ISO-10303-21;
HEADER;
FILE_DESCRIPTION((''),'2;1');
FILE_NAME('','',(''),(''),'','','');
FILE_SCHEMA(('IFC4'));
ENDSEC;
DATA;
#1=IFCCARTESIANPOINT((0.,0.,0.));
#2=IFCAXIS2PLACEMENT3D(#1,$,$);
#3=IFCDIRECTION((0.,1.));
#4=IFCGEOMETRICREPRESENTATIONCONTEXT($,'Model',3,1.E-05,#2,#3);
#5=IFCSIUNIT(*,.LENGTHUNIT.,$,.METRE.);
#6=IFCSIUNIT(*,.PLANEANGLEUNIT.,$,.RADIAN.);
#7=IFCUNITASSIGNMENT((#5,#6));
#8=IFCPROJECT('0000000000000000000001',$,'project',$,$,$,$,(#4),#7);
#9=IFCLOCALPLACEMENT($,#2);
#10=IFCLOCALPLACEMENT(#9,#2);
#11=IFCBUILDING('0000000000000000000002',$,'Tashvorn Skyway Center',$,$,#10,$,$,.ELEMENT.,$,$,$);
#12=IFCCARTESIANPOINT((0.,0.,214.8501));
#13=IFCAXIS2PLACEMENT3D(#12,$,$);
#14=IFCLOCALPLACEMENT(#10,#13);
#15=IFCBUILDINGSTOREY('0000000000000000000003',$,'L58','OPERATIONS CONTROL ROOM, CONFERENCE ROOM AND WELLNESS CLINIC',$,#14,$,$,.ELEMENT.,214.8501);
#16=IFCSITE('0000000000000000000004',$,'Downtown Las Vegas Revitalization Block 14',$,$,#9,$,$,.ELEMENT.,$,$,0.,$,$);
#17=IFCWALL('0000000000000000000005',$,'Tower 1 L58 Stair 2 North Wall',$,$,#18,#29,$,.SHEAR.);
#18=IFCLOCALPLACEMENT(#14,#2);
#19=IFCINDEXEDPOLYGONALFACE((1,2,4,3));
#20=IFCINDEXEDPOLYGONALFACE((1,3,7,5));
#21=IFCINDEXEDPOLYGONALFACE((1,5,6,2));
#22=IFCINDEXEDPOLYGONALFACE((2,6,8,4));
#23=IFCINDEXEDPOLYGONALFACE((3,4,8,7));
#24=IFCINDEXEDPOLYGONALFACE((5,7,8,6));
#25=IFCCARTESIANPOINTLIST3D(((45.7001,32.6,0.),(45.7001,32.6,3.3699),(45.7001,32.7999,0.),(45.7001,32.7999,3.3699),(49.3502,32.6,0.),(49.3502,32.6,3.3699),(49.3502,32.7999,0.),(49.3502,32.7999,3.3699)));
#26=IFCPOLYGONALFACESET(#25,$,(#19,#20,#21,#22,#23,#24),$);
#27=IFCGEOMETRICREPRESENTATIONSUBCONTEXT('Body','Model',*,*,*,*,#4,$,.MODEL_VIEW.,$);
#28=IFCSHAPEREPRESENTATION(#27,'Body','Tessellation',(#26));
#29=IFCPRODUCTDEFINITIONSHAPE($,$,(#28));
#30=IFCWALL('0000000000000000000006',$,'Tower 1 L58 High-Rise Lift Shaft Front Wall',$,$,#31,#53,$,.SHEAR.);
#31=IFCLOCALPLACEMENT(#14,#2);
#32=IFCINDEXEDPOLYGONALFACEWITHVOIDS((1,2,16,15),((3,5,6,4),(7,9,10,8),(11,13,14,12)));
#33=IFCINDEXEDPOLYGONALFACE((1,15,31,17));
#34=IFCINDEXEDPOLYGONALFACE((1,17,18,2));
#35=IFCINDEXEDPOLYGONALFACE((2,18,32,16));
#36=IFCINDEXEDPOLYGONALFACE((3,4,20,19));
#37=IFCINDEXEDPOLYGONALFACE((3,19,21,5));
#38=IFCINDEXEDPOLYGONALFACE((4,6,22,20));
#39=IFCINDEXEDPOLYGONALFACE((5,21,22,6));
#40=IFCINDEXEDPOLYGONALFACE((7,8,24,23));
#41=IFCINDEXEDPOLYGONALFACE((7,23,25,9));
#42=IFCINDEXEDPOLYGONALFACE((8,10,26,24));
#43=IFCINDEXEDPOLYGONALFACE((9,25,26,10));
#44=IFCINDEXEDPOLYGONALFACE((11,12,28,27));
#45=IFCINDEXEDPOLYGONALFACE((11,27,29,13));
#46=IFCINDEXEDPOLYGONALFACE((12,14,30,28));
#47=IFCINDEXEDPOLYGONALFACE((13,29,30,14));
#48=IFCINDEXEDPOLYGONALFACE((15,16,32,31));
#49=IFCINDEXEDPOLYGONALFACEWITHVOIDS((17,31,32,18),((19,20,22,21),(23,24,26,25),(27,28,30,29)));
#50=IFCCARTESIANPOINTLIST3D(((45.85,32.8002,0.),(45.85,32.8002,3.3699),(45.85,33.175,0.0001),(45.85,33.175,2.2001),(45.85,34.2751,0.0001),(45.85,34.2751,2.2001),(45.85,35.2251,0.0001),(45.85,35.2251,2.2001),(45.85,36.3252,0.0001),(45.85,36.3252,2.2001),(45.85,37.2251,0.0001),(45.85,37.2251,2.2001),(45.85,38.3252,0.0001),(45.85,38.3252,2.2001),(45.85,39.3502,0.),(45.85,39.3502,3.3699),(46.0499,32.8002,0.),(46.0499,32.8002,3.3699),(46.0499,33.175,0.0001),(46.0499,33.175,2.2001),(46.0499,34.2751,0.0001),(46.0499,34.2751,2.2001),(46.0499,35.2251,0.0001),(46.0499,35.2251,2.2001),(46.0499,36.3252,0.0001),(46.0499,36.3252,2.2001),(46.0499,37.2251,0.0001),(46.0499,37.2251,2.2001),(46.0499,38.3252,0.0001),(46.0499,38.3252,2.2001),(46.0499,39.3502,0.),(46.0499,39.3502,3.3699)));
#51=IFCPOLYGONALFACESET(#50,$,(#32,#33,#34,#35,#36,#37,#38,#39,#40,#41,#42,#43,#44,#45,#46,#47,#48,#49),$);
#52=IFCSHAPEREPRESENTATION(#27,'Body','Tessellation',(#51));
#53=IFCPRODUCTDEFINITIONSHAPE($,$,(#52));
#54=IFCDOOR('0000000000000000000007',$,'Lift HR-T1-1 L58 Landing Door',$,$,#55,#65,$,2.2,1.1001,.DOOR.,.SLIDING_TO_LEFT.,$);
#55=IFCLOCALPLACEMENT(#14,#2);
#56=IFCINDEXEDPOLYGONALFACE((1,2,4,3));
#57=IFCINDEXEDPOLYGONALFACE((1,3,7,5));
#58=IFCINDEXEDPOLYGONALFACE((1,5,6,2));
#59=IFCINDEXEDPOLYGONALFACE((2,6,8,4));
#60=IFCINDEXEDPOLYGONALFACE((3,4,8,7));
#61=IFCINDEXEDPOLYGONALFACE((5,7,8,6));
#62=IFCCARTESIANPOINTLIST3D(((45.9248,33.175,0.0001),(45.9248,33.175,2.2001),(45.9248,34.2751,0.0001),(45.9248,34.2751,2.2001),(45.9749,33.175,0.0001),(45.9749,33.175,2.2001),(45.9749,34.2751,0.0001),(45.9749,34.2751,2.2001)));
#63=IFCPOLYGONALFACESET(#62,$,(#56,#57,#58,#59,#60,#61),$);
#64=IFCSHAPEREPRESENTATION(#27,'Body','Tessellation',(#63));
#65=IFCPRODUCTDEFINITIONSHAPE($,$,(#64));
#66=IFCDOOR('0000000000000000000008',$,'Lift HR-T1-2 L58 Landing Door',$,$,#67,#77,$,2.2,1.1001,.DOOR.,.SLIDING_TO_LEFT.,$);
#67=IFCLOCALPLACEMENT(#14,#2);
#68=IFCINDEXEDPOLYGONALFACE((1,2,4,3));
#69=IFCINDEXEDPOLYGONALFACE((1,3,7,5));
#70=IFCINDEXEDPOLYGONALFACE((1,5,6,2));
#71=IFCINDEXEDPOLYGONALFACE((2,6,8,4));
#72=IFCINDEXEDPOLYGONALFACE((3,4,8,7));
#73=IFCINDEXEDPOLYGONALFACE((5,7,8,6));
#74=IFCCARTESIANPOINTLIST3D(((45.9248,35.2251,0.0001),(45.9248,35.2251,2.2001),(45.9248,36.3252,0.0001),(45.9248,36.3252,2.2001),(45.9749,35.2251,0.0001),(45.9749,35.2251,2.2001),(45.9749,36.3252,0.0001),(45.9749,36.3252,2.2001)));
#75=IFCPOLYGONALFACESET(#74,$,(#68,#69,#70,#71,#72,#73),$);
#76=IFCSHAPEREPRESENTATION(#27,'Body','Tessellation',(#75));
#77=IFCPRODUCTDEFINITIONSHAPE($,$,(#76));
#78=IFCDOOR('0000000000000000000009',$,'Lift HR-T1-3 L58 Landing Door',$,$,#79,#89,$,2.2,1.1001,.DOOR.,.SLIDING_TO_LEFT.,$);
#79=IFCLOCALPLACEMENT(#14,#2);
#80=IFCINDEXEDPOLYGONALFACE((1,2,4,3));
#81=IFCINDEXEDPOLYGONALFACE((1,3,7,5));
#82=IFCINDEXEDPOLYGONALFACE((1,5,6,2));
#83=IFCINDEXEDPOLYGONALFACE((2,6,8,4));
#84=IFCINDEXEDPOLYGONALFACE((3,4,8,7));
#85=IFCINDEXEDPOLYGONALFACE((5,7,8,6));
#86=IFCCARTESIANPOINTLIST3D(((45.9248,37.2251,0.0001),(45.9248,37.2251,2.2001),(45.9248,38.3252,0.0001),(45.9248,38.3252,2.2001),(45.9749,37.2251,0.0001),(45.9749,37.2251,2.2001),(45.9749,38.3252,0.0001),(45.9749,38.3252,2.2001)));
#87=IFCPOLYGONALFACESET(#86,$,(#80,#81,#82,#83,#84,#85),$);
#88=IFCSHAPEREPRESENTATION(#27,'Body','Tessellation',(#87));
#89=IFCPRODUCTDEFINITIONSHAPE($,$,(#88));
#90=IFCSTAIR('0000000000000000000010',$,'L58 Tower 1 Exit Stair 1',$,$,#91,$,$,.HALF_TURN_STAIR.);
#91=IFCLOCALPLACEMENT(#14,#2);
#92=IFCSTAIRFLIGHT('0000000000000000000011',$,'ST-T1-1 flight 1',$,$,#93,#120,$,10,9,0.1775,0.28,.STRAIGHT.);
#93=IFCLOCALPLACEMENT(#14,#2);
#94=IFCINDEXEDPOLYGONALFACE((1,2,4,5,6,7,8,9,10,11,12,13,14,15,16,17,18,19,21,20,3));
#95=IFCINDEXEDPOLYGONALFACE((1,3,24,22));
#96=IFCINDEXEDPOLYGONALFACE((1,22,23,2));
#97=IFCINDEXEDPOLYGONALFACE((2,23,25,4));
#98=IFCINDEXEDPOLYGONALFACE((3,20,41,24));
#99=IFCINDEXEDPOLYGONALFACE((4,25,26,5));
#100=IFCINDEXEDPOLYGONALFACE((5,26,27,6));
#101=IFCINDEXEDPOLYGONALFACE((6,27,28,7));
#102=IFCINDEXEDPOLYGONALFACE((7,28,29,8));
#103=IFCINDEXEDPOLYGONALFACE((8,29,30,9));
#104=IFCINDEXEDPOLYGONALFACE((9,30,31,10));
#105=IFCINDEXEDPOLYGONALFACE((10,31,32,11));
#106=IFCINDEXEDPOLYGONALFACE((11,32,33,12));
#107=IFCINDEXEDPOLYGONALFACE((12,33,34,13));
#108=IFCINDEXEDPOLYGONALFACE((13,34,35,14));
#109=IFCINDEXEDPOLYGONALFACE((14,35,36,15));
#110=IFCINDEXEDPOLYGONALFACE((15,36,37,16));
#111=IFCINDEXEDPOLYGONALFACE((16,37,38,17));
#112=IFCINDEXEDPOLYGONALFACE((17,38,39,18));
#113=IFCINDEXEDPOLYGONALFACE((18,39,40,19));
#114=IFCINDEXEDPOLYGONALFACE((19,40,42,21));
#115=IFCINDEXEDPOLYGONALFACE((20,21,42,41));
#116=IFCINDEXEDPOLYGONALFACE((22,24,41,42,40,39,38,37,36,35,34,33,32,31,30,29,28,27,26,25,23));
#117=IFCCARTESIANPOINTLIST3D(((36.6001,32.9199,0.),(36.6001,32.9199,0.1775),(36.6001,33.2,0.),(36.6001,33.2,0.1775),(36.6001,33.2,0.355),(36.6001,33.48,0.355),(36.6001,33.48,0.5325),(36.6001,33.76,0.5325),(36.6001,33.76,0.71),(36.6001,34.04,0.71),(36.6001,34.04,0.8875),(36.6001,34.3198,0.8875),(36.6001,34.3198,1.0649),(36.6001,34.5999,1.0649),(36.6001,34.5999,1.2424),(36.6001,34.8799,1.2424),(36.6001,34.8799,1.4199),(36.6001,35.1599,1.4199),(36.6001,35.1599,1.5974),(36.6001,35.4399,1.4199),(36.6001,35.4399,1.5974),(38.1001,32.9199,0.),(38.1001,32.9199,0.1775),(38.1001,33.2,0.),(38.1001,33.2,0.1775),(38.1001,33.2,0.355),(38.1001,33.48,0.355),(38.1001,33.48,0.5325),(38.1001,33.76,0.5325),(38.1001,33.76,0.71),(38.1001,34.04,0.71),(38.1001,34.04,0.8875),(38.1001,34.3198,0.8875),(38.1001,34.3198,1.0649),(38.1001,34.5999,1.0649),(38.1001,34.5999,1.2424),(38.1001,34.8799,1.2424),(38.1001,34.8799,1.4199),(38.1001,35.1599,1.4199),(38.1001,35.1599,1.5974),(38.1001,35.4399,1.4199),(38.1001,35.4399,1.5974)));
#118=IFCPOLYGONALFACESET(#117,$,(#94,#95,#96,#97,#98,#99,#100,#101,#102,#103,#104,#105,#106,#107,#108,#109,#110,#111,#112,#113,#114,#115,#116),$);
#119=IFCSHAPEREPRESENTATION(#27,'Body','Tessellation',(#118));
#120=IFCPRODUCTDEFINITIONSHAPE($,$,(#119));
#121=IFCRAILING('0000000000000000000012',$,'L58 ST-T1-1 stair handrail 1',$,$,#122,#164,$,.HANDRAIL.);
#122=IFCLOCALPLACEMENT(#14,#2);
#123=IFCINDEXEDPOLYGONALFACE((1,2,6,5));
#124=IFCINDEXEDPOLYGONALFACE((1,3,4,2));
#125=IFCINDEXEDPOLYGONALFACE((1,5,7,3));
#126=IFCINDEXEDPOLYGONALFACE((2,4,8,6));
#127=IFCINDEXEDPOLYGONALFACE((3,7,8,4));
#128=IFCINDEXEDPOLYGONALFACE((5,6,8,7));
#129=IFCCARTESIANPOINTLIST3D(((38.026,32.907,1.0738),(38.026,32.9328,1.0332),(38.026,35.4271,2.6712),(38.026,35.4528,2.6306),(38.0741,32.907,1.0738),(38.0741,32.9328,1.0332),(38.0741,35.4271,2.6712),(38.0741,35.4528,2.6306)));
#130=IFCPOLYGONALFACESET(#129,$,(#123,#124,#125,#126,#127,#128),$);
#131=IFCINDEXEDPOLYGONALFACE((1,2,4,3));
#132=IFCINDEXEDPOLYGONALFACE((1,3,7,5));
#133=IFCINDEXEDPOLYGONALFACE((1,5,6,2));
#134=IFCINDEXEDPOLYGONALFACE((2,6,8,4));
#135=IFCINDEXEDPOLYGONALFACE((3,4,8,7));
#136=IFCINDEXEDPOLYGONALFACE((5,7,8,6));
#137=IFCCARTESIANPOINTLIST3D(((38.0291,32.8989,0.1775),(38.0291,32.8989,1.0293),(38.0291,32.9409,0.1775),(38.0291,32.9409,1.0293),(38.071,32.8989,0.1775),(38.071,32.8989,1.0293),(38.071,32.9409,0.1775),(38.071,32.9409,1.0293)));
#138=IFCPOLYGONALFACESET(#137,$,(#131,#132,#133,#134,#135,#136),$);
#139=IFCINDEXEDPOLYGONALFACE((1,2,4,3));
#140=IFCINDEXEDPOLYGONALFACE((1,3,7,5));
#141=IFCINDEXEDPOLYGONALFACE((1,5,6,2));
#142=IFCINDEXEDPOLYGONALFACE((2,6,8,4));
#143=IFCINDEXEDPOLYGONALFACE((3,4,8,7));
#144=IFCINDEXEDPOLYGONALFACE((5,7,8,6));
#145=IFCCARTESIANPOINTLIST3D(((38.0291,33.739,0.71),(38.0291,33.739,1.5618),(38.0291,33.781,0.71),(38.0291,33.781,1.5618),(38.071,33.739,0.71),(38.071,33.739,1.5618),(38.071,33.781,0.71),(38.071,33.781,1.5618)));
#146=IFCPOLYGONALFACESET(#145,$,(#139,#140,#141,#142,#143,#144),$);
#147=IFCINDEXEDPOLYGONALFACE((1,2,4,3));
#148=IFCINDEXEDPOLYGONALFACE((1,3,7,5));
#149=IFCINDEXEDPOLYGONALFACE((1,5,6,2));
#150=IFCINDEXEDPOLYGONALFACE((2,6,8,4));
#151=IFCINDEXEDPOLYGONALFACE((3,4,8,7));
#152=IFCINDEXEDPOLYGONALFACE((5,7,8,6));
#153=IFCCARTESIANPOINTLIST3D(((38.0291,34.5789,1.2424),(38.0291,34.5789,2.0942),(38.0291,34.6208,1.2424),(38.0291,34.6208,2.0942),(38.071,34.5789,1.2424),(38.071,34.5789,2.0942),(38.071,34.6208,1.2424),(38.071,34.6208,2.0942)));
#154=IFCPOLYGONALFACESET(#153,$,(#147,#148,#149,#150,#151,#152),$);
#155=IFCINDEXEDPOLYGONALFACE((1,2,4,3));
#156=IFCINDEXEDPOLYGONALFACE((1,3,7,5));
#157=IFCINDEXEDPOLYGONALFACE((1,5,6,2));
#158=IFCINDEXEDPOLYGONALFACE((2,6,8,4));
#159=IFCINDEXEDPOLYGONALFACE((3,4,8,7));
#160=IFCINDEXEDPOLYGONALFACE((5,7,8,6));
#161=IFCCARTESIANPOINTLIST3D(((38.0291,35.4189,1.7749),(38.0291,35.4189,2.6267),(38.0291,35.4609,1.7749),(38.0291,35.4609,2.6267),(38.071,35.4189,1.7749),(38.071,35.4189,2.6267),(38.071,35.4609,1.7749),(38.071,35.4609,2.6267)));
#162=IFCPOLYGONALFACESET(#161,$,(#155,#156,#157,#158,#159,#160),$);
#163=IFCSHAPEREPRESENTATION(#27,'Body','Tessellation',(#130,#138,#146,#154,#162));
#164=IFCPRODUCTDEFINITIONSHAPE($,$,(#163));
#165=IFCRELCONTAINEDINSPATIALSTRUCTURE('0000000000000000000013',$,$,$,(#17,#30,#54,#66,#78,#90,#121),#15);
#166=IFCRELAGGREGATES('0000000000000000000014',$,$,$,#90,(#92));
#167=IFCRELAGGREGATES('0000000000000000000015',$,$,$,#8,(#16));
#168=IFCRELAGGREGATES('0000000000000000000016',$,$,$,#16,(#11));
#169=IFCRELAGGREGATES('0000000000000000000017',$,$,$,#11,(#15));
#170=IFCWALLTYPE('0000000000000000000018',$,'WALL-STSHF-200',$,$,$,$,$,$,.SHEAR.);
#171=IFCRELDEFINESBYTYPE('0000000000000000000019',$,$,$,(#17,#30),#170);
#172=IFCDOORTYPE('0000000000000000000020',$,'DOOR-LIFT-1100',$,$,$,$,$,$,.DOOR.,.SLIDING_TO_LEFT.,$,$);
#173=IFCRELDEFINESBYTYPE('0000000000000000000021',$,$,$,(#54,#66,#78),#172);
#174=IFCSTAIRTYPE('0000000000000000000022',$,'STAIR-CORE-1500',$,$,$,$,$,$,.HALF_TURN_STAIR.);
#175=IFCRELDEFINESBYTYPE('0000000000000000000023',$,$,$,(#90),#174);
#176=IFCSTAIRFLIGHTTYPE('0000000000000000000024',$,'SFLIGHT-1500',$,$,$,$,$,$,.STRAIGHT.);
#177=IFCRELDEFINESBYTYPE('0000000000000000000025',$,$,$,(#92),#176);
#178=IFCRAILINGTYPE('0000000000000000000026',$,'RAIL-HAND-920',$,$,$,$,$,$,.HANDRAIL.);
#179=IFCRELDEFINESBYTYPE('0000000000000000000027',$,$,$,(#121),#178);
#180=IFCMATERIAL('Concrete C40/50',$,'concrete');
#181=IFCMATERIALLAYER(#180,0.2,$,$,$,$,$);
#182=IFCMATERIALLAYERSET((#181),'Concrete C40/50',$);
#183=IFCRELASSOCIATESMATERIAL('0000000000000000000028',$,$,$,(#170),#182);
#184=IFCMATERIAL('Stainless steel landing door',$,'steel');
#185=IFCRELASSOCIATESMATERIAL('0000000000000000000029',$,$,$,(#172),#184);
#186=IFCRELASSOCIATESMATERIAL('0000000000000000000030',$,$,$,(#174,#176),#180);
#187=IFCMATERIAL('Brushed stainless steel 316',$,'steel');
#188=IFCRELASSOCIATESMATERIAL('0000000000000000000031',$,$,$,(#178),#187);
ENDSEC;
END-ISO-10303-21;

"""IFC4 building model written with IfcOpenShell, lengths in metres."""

from ifc_helpers import new_model, si_unit, direction, frame, frame_2d, origin, origin_2d, place, context, subcontext, project, spatial, polyline, rectangle, outline, extrude, material, layer, layer_set, type_object, element, fill, aggregate, save


model = new_model("IFC4")

# Units and contexts
model_context = context("Model", 3, precision=1e-05, world=origin(), true_north=direction((0.0, 1.0)))
body_context = subcontext(model_context, "Body", "Model", "MODEL_VIEW")
ifc_project = project(units=[si_unit("LENGTHUNIT", "METRE"), si_unit("PLANEANGLEUNIT", "RADIAN")], contexts=[model_context])

# Site, building, storey
site_placement = place(None, origin())
site = spatial("IfcSite", under=ifc_project, at=site_placement, Name="Downtown Las Vegas Revitalization Block 14", CompositionType="ELEMENT", RefElevation=0.0)
building_placement = place(site_placement, origin())
building = spatial("IfcBuilding", under=site, at=building_placement, Name="Tashvorn Skyway Center", CompositionType="ELEMENT")
storey_placement = place(building_placement, frame((0.0, 0.0, 214.8501)))
storey = spatial("IfcBuildingStorey", under=building, at=storey_placement, Name="L58", Description="OPERATIONS CONTROL ROOM, CONFERENCE ROOM AND WELLNESS CLINIC", CompositionType="ELEMENT", Elevation=214.8501)

# Shared definitions
ifc_material_1 = material(Name="Concrete C40/50", Category="concrete")

# Shared definitions
ifc_layer_1 = layer(ifc_material_1, 0.2)
ifc_layer_set_1 = layer_set([ifc_layer_1], Name="Concrete C40/50")
wall_type_1 = type_object("IfcWallType", Name="WALL-STSHF-200", PredefinedType="SHEAR", material=ifc_layer_set_1)

# Wall
wall_1_placement = place(storey_placement, frame((45.7, 32.7, 0.0), z_axis=(0.0, 0.0, 1.0), x_axis=(1.0, 0.0, 0.0)))
element("IfcWall", 1, at=wall_1_placement, inside=storey, type_object=wall_type_1, Name="Tower 1 L58 Stair 2 North Wall", PredefinedType="SHEAR", context=body_context, shape_type="SweptSolid", body=[
    extrude(rectangle(XDim=3.6501, YDim=0.2, at=frame_2d((1.8252, 0.0))), origin(), (0.0, 0.0, 1.0), 3.3699),
])

# Wall, openings, doors
wall_2_placement = place(storey_placement, frame((45.95, 39.3501, 0.0), z_axis=(0.0, 0.0, 1.0), x_axis=(0.0, -1.0, 0.0)))
wall_2 = element("IfcWall", 2, at=wall_2_placement, inside=storey, type_object=wall_type_1, Name="Tower 1 L58 High-Rise Lift Shaft Front Wall", PredefinedType="SHEAR", context=body_context, shape_type="SweptSolid", body=[
    extrude(rectangle(XDim=6.55, YDim=0.2, at=frame_2d((3.2749, 0.0))), origin(), (0.0, 0.0, 1.0), 3.3699),
])
opening_1_placement = place(wall_2_placement, frame((5.075, 0.0, 0.0)))
opening_1 = element("IfcOpeningElement", 3, at=opening_1_placement, cuts=wall_2, PredefinedType="OPENING", context=body_context, shape_type="SweptSolid", body=[
    extrude(rectangle(XDim=1.1001, YDim=2.2, at=frame_2d((0.55, 1.1001))), frame((0.0, 0.1099, 0.0), z_axis=(0.0, -1.0, 0.0), x_axis=(1.0, 0.0, 0.0)), (0.0, 0.0, 1.0), 0.22),
])
opening_2_placement = place(wall_2_placement, frame((3.0249, 0.0, 0.0)))
opening_2 = element("IfcOpeningElement", 4, at=opening_2_placement, cuts=wall_2, PredefinedType="OPENING", context=body_context, shape_type="SweptSolid", body=[
    extrude(rectangle(XDim=1.1001, YDim=2.2, at=frame_2d((0.55, 1.1001))), frame((0.0, 0.1099, 0.0), z_axis=(0.0, -1.0, 0.0), x_axis=(1.0, 0.0, 0.0)), (0.0, 0.0, 1.0), 0.22),
])
opening_3_placement = place(wall_2_placement, frame((1.0249, 0.0, 0.0)))
opening_3 = element("IfcOpeningElement", 5, at=opening_3_placement, cuts=wall_2, PredefinedType="OPENING", context=body_context, shape_type="SweptSolid", body=[
    extrude(rectangle(XDim=1.1001, YDim=2.2, at=frame_2d((0.55, 1.1001))), frame((0.0, 0.1099, 0.0), z_axis=(0.0, -1.0, 0.0), x_axis=(1.0, 0.0, 0.0)), (0.0, 0.0, 1.0), 0.22),
])
ifc_material_2 = material(Name="Stainless steel landing door", Category="steel")
door_type_1 = type_object("IfcDoorType", Name="DOOR-LIFT-1100", OperationType="SLIDING_TO_LEFT", PredefinedType="DOOR", material=ifc_material_2)
door_1_placement = place(opening_1_placement, origin())
door_1 = element("IfcDoor", 6, at=door_1_placement, inside=storey, type_object=door_type_1, Name="Lift HR-T1-1 L58 Landing Door", OperationType="SLIDING_TO_LEFT", OverallHeight=2.2, OverallWidth=1.1001, PredefinedType="DOOR", context=body_context, shape_type="SweptSolid", body=[
    extrude(rectangle(XDim=1.1001, YDim=2.2, at=frame_2d((0.55, 1.1001))), frame((0.0, 0.0249, 0.0), z_axis=(0.0, -1.0, 0.0), x_axis=(1.0, 0.0, 0.0)), (0.0, 0.0, 1.0), 0.05),
])
fill(opening_1, door_1)
door_2_placement = place(opening_2_placement, origin())
door_2 = element("IfcDoor", 7, at=door_2_placement, inside=storey, type_object=door_type_1, Name="Lift HR-T1-2 L58 Landing Door", OperationType="SLIDING_TO_LEFT", OverallHeight=2.2, OverallWidth=1.1001, PredefinedType="DOOR", context=body_context, shape_type="SweptSolid", body=[
    extrude(rectangle(XDim=1.1001, YDim=2.2, at=frame_2d((0.55, 1.1001))), frame((0.0, 0.0249, 0.0), z_axis=(0.0, -1.0, 0.0), x_axis=(1.0, 0.0, 0.0)), (0.0, 0.0, 1.0), 0.05),
])
fill(opening_2, door_2)
door_3_placement = place(opening_3_placement, origin())
door_3 = element("IfcDoor", 8, at=door_3_placement, inside=storey, type_object=door_type_1, Name="Lift HR-T1-3 L58 Landing Door", OperationType="SLIDING_TO_LEFT", OverallHeight=2.2, OverallWidth=1.1001, PredefinedType="DOOR", context=body_context, shape_type="SweptSolid", body=[
    extrude(rectangle(XDim=1.1001, YDim=2.2, at=frame_2d((0.55, 1.1001))), frame((0.0, 0.0249, 0.0), z_axis=(0.0, -1.0, 0.0), x_axis=(1.0, 0.0, 0.0)), (0.0, 0.0, 1.0), 0.05),
])
fill(opening_3, door_3)

# Stair, stair flight
stair_type = type_object("IfcStairType", Name="STAIR-CORE-1500", PredefinedType="HALF_TURN_STAIR", material=ifc_material_1)
stair_placement = place(storey_placement, origin())
stair = element("IfcStair", 9, at=stair_placement, inside=storey, type_object=stair_type, Name="L58 Tower 1 Exit Stair 1", PredefinedType="HALF_TURN_STAIR")
stair_flight_type = type_object("IfcStairFlightType", Name="SFLIGHT-1500", PredefinedType="STRAIGHT", material=ifc_material_1)
stair_flight_placement = place(storey_placement, frame((37.3501, 32.9199, 0.0), z_axis=(0.0, 0.0, 1.0), x_axis=(0.0, 1.0, 0.0)))
stair_flight = element("IfcStairFlight", 10, at=stair_flight_placement, type_object=stair_flight_type, Name="ST-T1-1 flight 1", NumberOfRisers=10, NumberOfTreads=9, PredefinedType="STRAIGHT", RiserHeight=0.1775, TreadLength=0.28, context=body_context, shape_type="SweptSolid", body=[
    extrude(outline(polyline([(0.0, 0.0), (0.0, 0.1775), (0.28, 0.1775), (0.28, 0.355), (0.5601, 0.355), (0.5601, 0.5325), (0.8401, 0.5325), (0.8401, 0.71), (1.1201, 0.71), (1.1201, 0.8875), (1.3999, 0.8875), (1.3999, 1.0649), (1.6799, 1.0649), (1.6799, 1.2424), (1.96, 1.2424), (1.96, 1.4199), (2.24, 1.4199), (2.24, 1.5974), (2.52, 1.5974), (2.52, 1.7749), (2.52, 1.4199), (0.28, 0.0), (0.0, 0.0)])), frame((0.0, 0.75, 0.0), z_axis=(0.0, -1.0, 0.0), x_axis=(1.0, 0.0, 0.0)), (0.0, 0.0, 1.0), 1.5),
])
aggregate(stair, [stair_flight])

# Railing
ifc_material_3 = material(Name="Brushed stainless steel 316", Category="steel")
railing_type_1 = type_object("IfcRailingType", Name="RAIL-HAND-920", PredefinedType="HANDRAIL", material=ifc_material_3)
railing_1_placement = place(storey_placement, frame((38.05, 32.9199, 0.1775)))
element("IfcRailing", 11, at=railing_1_placement, inside=storey, type_object=railing_type_1, Name="L58 ST-T1-1 stair handrail 1", PredefinedType="HANDRAIL", context=body_context, shape_type="SweptSolid", body=[
    extrude(rectangle(XDim=0.0481, YDim=0.0481, at=origin_2d()), frame((0.0, 0.0, 0.876), z_axis=(0.0, 0.844607, 0.535387), x_axis=(-1.0, 0.0, 0.0)), (0.0, 0.0, 1.0), 2.9836),
    extrude(rectangle(XDim=0.042, YDim=0.042, at=origin_2d()), origin(), (0.0, 0.0, 1.0), 0.8518),
    extrude(rectangle(XDim=0.042, YDim=0.042, at=origin_2d()), frame((0.0, 0.8401, 0.5325)), (0.0, 0.0, 1.0), 0.8518),
    extrude(rectangle(XDim=0.042, YDim=0.042, at=origin_2d()), frame((0.0, 1.6799, 1.0649)), (0.0, 0.0, 1.0), 0.8518),
    extrude(rectangle(XDim=0.042, YDim=0.042, at=origin_2d()), frame((0.0, 2.52, 1.5974)), (0.0, 0.0, 1.0), 0.8518),
])

save(model, "model.ifc")
